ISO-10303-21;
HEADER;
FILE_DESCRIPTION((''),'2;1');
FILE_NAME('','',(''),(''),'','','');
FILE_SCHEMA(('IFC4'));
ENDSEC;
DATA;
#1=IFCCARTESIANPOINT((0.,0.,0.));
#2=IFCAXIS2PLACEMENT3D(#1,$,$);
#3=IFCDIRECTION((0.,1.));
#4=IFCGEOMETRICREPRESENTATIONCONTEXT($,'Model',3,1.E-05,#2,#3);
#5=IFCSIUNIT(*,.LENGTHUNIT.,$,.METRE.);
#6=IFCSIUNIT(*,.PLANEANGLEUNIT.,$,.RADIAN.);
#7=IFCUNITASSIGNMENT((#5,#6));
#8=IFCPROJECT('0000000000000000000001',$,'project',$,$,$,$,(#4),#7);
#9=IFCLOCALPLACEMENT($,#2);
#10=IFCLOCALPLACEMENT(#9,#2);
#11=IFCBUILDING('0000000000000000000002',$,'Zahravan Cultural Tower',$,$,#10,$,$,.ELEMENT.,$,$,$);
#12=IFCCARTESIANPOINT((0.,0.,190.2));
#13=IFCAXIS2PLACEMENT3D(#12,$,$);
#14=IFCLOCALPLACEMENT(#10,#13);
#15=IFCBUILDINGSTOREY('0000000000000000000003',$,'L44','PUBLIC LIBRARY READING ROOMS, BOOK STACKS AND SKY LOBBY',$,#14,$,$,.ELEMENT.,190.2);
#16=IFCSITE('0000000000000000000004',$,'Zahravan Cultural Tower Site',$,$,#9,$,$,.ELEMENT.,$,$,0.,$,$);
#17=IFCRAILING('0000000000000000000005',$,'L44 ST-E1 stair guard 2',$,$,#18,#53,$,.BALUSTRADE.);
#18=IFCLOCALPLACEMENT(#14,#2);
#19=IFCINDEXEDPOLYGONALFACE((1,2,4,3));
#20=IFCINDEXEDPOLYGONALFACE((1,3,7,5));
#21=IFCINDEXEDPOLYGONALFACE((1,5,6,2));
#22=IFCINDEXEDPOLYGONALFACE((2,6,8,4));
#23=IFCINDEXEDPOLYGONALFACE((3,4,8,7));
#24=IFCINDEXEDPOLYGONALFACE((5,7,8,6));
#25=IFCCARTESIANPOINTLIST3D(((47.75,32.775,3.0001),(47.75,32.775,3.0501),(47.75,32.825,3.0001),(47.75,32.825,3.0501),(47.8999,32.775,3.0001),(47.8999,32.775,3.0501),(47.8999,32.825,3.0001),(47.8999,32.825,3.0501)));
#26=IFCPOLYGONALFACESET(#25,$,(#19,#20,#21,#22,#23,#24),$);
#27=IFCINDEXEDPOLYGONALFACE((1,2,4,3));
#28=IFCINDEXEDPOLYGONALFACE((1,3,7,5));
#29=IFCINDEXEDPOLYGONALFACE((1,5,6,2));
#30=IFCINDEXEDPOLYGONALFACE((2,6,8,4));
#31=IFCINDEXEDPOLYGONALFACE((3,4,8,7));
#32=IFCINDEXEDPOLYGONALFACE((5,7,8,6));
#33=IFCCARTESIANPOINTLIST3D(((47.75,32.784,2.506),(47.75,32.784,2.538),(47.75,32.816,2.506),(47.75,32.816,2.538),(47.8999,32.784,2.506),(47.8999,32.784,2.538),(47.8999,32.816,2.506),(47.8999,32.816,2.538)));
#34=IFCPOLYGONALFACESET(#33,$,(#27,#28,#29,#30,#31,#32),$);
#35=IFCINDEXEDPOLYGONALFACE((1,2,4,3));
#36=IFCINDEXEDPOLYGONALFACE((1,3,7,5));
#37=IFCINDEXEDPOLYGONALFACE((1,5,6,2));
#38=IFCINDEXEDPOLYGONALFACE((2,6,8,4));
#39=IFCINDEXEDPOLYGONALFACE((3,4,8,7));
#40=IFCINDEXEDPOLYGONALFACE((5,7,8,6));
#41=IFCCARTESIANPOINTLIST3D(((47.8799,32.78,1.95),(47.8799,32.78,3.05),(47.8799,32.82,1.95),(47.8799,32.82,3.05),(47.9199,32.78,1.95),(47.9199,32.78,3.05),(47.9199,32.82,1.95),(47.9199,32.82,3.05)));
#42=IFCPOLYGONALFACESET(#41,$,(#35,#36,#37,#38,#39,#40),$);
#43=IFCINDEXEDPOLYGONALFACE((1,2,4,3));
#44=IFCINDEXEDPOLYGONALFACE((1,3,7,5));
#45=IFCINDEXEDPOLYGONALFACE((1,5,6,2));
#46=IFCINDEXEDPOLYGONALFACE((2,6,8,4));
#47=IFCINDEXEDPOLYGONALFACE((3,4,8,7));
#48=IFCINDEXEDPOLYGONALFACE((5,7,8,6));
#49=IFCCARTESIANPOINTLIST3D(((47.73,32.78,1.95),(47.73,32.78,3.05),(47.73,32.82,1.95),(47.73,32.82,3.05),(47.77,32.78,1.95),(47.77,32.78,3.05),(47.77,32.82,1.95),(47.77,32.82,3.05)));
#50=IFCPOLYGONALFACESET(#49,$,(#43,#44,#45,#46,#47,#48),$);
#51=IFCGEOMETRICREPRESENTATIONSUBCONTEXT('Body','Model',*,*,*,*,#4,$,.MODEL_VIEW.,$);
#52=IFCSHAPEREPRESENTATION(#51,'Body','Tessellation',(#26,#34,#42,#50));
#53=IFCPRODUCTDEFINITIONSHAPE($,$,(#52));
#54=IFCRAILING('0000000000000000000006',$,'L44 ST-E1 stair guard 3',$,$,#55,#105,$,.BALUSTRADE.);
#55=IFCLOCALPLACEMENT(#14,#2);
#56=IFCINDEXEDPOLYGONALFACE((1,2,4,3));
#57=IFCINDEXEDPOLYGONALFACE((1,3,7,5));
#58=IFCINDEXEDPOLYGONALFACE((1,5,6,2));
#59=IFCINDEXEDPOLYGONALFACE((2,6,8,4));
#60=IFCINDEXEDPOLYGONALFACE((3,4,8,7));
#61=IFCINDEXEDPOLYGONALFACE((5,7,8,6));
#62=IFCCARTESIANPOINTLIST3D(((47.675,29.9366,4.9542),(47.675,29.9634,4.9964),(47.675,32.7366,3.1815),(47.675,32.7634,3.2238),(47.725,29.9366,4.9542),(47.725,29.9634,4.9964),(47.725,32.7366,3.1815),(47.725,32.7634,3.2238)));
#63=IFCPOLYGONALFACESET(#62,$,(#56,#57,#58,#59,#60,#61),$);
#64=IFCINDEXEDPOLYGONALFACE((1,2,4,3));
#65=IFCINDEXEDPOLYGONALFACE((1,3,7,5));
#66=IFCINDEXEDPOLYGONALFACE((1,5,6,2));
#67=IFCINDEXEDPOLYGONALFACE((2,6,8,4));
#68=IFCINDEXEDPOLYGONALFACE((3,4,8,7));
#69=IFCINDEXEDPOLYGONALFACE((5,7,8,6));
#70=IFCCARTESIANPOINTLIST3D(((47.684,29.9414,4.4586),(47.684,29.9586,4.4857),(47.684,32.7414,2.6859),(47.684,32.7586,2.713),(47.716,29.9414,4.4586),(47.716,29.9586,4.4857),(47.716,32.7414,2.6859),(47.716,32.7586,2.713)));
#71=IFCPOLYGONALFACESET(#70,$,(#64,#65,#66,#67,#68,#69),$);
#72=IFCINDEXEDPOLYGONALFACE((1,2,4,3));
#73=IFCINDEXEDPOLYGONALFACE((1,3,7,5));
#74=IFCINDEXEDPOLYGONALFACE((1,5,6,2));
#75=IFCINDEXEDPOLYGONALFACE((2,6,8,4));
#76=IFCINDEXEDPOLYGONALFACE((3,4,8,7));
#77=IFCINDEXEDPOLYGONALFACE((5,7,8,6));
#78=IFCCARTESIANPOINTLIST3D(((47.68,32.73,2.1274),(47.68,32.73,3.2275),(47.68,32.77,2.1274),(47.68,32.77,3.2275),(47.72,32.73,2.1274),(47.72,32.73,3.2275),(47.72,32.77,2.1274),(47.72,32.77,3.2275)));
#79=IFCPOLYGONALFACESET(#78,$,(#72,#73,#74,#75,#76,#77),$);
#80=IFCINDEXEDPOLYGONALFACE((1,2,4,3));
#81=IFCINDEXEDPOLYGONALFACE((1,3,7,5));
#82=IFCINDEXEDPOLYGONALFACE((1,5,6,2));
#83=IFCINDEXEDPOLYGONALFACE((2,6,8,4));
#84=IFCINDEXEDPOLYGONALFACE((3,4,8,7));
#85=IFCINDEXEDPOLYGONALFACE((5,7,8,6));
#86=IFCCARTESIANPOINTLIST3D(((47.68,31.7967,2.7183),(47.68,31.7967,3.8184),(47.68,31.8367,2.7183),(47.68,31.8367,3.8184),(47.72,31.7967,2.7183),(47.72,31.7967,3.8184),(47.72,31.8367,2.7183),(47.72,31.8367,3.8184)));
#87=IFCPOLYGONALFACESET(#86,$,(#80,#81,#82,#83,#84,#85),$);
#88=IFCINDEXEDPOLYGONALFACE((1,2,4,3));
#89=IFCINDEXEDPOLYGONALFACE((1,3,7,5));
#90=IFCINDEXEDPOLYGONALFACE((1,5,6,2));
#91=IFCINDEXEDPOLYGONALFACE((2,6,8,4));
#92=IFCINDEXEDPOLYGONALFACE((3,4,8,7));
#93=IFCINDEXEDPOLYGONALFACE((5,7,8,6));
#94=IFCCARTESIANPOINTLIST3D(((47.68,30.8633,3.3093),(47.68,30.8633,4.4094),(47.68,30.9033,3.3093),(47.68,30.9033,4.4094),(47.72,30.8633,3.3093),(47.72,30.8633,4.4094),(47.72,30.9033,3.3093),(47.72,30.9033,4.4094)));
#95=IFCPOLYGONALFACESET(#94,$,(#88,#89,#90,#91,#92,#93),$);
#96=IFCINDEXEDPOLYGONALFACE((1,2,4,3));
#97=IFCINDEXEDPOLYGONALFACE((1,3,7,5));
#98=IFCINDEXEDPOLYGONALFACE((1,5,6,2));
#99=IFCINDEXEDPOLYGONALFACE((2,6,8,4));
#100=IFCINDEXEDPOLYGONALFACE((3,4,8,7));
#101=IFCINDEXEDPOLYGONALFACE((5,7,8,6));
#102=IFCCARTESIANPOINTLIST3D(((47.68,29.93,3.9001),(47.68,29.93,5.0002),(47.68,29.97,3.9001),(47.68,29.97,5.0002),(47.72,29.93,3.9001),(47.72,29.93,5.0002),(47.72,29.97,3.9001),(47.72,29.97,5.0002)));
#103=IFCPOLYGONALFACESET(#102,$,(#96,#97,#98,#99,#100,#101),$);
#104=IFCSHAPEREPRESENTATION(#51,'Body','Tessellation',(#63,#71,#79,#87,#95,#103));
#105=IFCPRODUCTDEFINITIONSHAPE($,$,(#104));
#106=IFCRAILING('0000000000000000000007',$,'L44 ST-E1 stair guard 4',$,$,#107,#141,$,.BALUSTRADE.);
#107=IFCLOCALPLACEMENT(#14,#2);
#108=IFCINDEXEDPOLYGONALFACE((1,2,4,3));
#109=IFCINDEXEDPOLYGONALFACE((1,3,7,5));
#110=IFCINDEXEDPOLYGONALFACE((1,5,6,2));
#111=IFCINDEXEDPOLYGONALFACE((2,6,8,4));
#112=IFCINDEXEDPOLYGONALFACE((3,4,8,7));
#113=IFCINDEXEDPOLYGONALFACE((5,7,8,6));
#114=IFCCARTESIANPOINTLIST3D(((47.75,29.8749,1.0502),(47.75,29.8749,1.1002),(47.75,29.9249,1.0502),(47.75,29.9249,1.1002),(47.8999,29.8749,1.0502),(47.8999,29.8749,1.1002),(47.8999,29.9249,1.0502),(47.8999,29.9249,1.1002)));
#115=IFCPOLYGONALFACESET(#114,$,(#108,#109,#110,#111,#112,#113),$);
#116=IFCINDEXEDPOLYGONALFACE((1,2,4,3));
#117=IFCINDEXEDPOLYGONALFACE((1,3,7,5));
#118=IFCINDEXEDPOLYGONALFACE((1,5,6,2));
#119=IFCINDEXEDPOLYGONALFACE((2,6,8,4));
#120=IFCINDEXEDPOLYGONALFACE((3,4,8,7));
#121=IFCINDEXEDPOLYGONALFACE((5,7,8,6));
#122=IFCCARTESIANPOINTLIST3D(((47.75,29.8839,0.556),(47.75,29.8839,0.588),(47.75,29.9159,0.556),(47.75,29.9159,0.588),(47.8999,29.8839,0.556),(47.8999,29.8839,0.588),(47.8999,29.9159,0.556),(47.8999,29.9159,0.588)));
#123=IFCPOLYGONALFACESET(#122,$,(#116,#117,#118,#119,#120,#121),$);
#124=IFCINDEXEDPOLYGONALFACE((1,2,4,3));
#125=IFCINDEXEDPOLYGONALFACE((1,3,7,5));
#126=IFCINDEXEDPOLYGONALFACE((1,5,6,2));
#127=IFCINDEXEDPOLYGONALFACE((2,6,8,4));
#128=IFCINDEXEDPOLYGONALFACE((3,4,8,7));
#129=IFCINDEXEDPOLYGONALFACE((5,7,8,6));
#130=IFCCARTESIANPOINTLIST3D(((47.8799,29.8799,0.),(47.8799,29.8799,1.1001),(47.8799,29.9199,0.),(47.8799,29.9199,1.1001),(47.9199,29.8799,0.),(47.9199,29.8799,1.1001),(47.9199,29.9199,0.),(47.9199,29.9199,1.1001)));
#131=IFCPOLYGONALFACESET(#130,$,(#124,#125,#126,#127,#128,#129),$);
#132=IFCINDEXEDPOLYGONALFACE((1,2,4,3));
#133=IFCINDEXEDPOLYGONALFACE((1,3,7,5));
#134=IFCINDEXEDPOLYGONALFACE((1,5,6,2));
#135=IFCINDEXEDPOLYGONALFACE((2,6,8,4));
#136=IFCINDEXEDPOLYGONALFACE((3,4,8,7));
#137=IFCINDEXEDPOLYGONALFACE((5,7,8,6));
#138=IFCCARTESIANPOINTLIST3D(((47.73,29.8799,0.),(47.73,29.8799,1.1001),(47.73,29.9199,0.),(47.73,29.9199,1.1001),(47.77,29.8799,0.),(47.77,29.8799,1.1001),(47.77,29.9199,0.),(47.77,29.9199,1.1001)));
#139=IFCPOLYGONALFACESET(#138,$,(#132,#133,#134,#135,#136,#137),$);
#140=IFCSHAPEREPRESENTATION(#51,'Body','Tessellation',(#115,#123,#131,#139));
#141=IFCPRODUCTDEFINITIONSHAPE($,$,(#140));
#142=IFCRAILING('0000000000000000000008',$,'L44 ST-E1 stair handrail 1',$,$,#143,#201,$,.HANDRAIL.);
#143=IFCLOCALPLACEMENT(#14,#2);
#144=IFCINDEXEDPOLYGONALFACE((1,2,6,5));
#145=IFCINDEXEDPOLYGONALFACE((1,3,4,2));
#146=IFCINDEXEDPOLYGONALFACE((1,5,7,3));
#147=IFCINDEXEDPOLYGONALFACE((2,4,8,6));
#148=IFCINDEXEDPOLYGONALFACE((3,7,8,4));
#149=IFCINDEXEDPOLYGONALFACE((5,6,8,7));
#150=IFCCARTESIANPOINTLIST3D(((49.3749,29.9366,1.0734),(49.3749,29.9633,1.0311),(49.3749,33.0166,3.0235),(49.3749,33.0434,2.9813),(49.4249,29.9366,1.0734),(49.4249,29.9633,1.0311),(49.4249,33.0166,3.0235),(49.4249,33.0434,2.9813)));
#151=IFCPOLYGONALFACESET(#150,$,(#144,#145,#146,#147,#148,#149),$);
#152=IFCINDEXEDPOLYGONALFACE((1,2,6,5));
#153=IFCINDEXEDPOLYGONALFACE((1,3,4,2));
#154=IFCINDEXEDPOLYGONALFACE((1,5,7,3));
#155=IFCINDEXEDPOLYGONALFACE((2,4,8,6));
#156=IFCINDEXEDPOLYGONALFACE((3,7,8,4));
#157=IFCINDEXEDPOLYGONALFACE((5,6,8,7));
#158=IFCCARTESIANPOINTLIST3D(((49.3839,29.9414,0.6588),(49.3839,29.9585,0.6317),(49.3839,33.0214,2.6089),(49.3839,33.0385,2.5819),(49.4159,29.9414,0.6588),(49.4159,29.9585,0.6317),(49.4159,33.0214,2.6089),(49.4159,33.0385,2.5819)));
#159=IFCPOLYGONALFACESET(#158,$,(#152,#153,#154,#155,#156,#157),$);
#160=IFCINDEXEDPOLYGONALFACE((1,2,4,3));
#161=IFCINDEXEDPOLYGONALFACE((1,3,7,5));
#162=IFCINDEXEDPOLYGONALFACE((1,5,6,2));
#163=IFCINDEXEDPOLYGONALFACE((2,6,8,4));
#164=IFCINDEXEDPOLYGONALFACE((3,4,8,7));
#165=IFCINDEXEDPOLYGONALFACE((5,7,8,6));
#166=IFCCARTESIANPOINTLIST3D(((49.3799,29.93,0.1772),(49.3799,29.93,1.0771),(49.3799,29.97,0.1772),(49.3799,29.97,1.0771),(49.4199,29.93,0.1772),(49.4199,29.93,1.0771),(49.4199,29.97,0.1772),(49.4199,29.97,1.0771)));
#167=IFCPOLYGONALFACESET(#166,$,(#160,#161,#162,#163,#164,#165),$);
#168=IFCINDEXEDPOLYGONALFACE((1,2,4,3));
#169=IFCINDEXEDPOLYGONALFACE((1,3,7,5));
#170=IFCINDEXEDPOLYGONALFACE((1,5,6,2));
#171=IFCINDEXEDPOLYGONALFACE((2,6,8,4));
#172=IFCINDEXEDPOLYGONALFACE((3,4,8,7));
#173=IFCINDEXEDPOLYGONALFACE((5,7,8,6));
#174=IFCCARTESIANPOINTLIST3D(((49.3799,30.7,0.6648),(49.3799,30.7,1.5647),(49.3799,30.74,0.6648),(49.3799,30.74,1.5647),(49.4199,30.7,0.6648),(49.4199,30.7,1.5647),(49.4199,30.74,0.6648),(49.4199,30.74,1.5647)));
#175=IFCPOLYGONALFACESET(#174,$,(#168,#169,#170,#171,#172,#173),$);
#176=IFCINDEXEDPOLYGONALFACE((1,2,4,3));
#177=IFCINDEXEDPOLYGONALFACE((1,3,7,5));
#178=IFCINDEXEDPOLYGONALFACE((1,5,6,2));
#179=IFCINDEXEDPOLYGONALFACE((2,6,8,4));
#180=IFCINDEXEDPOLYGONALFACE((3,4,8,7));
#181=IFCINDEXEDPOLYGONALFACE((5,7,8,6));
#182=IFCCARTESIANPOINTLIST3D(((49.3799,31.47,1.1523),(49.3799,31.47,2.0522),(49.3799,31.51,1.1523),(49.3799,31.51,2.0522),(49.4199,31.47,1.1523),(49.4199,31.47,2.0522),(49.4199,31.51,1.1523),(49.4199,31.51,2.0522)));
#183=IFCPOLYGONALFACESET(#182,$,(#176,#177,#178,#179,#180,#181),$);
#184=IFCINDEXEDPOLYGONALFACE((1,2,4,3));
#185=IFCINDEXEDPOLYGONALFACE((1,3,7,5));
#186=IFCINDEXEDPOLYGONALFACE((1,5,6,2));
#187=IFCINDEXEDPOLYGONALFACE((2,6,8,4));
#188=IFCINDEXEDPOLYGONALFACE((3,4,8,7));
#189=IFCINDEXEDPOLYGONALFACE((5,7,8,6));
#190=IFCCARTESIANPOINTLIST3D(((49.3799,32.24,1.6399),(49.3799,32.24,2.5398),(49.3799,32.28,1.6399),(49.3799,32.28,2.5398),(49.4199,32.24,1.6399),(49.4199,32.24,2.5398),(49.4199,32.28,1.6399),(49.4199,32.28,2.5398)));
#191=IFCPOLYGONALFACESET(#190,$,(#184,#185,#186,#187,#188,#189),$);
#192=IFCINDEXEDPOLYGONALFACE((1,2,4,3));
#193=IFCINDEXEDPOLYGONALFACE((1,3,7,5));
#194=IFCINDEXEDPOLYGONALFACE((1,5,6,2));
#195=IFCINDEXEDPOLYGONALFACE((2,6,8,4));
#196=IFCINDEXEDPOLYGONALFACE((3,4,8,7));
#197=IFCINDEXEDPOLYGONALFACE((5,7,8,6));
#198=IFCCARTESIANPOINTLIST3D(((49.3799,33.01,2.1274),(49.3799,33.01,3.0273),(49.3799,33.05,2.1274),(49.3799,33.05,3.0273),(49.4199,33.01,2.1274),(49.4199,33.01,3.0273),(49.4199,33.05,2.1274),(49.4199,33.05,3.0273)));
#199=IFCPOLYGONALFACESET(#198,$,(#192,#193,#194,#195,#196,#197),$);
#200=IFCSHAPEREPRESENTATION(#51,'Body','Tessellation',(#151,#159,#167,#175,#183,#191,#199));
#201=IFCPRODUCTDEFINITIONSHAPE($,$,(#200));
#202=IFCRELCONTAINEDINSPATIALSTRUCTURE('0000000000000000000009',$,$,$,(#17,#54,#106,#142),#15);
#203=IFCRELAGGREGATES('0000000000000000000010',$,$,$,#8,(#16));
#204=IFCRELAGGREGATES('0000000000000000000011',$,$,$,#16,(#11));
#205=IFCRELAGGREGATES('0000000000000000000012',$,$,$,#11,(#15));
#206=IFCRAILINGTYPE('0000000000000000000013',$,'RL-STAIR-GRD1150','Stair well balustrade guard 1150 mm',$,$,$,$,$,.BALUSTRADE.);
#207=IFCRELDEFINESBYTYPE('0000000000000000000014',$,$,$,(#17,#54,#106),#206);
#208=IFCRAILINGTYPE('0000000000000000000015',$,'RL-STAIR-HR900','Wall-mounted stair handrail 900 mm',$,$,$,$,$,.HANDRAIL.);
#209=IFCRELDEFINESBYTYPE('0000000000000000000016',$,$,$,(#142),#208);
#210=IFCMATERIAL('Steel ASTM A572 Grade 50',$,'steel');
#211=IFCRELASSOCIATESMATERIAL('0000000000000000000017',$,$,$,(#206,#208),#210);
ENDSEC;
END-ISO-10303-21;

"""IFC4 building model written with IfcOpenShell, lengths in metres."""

from ifc_helpers import new_model, si_unit, direction, frame, origin, origin_2d, place, context, subcontext, project, spatial, rectangle, extrude, material, type_object, element, save


model = new_model("IFC4")

# Units and contexts
model_context = context("Model", 3, precision=1e-05, world=origin(), true_north=direction((0.0, 1.0)))
body_context = subcontext(model_context, "Body", "Model", "MODEL_VIEW")
ifc_project = project(units=[si_unit("LENGTHUNIT", "METRE"), si_unit("PLANEANGLEUNIT", "RADIAN")], contexts=[model_context])

# Site, building, storey
site_placement = place(None, origin())
site = spatial("IfcSite", under=ifc_project, at=site_placement, Name="Zahravan Cultural Tower Site", CompositionType="ELEMENT", RefElevation=0.0)
building_placement = place(site_placement, origin())
building = spatial("IfcBuilding", under=site, at=building_placement, Name="Zahravan Cultural Tower", CompositionType="ELEMENT")
storey_placement = place(building_placement, frame((0.0, 0.0, 190.2)))
storey = spatial("IfcBuildingStorey", under=building, at=storey_placement, Name="L44", Description="PUBLIC LIBRARY READING ROOMS, BOOK STACKS AND SKY LOBBY", CompositionType="ELEMENT", Elevation=190.2)

# Shared definitions
ifc_material_1 = material(Name="Steel ASTM A572 Grade 50", Category="steel")

# Railings
railing_type_1 = type_object("IfcRailingType", Name="RL-STAIR-GRD1150", Description="Stair well balustrade guard 1150 mm", PredefinedType="BALUSTRADE", material=ifc_material_1)
railing_1_placement = place(storey_placement, frame((47.8999, 32.8, 1.95)))
element("IfcRailing", 1, at=railing_1_placement, inside=storey, type_object=railing_type_1, Name="L44 ST-E1 stair guard 2", PredefinedType="BALUSTRADE", context=body_context, shape_type="SweptSolid", body=[
    extrude(rectangle(XDim=0.05, YDim=0.05, at=origin_2d()), frame((0.0, 0.0, 1.0752), z_axis=(-1.0, 0.0, 0.0), x_axis=(0.0, -1.0, 0.0)), (0.0, 0.0, 1.0), 0.1499),
    extrude(rectangle(XDim=0.032, YDim=0.032, at=origin_2d()), frame((0.0, 0.0, 0.572), z_axis=(-1.0, 0.0, 0.0), x_axis=(0.0, -1.0, 0.0)), (0.0, 0.0, 1.0), 0.1499),
    extrude(rectangle(XDim=0.04, YDim=0.04, at=origin_2d()), origin(), (0.0, 0.0, 1.0), 1.1001),
    extrude(rectangle(XDim=0.04, YDim=0.04, at=origin_2d()), frame((-0.1499, 0.0, 0.0)), (0.0, 0.0, 1.0), 1.1001),
])
railing_2_placement = place(storey_placement, frame((47.7, 32.75, 2.1274)))
element("IfcRailing", 2, at=railing_2_placement, inside=storey, type_object=railing_type_1, Name="L44 ST-E1 stair guard 3", PredefinedType="BALUSTRADE", context=body_context, shape_type="SweptSolid", body=[
    extrude(rectangle(XDim=0.05, YDim=0.05, at=origin_2d()), frame((0.0, 0.0, 1.0752), z_axis=(0.0, -0.844909, 0.53491), x_axis=(1.0, 0.0, 0.0)), (0.0, 0.0, 1.0), 3.314),
    extrude(rectangle(XDim=0.032, YDim=0.032, at=origin_2d()), frame((0.0, 0.0, 0.572), z_axis=(0.0, -0.844909, 0.53491), x_axis=(1.0, 0.0, 0.0)), (0.0, 0.0, 1.0), 3.314),
    extrude(rectangle(XDim=0.04, YDim=0.04, at=origin_2d()), origin(), (0.0, 0.0, 1.0), 1.1001),
    extrude(rectangle(XDim=0.04, YDim=0.04, at=origin_2d()), frame((0.0, -0.9333, 0.5908)), (0.0, 0.0, 1.0), 1.1001),
    extrude(rectangle(XDim=0.04, YDim=0.04, at=origin_2d()), frame((0.0, -1.8667, 1.1819)), (0.0, 0.0, 1.0), 1.1001),
    extrude(rectangle(XDim=0.04, YDim=0.04, at=origin_2d()), frame((0.0, -2.8, 1.7727)), (0.0, 0.0, 1.0), 1.1001),
])
railing_3_placement = place(storey_placement, frame((47.8999, 29.8999, 0.0)))
element("IfcRailing", 3, at=railing_3_placement, inside=storey, type_object=railing_type_1, Name="L44 ST-E1 stair guard 4", PredefinedType="BALUSTRADE", context=body_context, shape_type="SweptSolid", body=[
    extrude(rectangle(XDim=0.05, YDim=0.05, at=origin_2d()), frame((0.0, 0.0, 1.0752), z_axis=(-1.0, 0.0, 0.0), x_axis=(0.0, -1.0, 0.0)), (0.0, 0.0, 1.0), 0.1499),
    extrude(rectangle(XDim=0.032, YDim=0.032, at=origin_2d()), frame((0.0, 0.0, 0.572), z_axis=(-1.0, 0.0, 0.0), x_axis=(0.0, -1.0, 0.0)), (0.0, 0.0, 1.0), 0.1499),
    extrude(rectangle(XDim=0.04, YDim=0.04, at=origin_2d()), origin(), (0.0, 0.0, 1.0), 1.1001),
    extrude(rectangle(XDim=0.04, YDim=0.04, at=origin_2d()), frame((-0.1499, 0.0, 0.0)), (0.0, 0.0, 1.0), 1.1001),
])
railing_type_2 = type_object("IfcRailingType", Name="RL-STAIR-HR900", Description="Wall-mounted stair handrail 900 mm", PredefinedType="HANDRAIL", material=ifc_material_1)
railing_4_placement = place(storey_placement, frame((49.3999, 29.95, 0.1772)))
element("IfcRailing", 4, at=railing_4_placement, inside=storey, type_object=railing_type_2, Name="L44 ST-E1 stair handrail 1", PredefinedType="HANDRAIL", context=body_context, shape_type="SweptSolid", body=[
    extrude(rectangle(XDim=0.05, YDim=0.05, at=origin_2d()), frame((0.0, 0.0, 0.875), z_axis=(0.0, 0.844884, 0.53495), x_axis=(-1.0, 0.0, 0.0)), (0.0, 0.0, 1.0), 3.6455),
    extrude(rectangle(XDim=0.032, YDim=0.032, at=origin_2d()), frame((0.0, 0.0, 0.468), z_axis=(0.0, 0.844884, 0.53495), x_axis=(-1.0, 0.0, 0.0)), (0.0, 0.0, 1.0), 3.6455),
    extrude(rectangle(XDim=0.04, YDim=0.04, at=origin_2d()), origin(), (0.0, 0.0, 1.0), 0.8999),
    extrude(rectangle(XDim=0.04, YDim=0.04, at=origin_2d()), frame((0.0, 0.77, 0.4875)), (0.0, 0.0, 1.0), 0.8999),
    extrude(rectangle(XDim=0.04, YDim=0.04, at=origin_2d()), frame((0.0, 1.54, 0.9751)), (0.0, 0.0, 1.0), 0.8999),
    extrude(rectangle(XDim=0.04, YDim=0.04, at=origin_2d()), frame((0.0, 2.3101, 1.4626)), (0.0, 0.0, 1.0), 0.8999),
    extrude(rectangle(XDim=0.04, YDim=0.04, at=origin_2d()), frame((0.0, 3.0801, 1.9502)), (0.0, 0.0, 1.0), 0.8999),
])

save(model, "model.ifc")
